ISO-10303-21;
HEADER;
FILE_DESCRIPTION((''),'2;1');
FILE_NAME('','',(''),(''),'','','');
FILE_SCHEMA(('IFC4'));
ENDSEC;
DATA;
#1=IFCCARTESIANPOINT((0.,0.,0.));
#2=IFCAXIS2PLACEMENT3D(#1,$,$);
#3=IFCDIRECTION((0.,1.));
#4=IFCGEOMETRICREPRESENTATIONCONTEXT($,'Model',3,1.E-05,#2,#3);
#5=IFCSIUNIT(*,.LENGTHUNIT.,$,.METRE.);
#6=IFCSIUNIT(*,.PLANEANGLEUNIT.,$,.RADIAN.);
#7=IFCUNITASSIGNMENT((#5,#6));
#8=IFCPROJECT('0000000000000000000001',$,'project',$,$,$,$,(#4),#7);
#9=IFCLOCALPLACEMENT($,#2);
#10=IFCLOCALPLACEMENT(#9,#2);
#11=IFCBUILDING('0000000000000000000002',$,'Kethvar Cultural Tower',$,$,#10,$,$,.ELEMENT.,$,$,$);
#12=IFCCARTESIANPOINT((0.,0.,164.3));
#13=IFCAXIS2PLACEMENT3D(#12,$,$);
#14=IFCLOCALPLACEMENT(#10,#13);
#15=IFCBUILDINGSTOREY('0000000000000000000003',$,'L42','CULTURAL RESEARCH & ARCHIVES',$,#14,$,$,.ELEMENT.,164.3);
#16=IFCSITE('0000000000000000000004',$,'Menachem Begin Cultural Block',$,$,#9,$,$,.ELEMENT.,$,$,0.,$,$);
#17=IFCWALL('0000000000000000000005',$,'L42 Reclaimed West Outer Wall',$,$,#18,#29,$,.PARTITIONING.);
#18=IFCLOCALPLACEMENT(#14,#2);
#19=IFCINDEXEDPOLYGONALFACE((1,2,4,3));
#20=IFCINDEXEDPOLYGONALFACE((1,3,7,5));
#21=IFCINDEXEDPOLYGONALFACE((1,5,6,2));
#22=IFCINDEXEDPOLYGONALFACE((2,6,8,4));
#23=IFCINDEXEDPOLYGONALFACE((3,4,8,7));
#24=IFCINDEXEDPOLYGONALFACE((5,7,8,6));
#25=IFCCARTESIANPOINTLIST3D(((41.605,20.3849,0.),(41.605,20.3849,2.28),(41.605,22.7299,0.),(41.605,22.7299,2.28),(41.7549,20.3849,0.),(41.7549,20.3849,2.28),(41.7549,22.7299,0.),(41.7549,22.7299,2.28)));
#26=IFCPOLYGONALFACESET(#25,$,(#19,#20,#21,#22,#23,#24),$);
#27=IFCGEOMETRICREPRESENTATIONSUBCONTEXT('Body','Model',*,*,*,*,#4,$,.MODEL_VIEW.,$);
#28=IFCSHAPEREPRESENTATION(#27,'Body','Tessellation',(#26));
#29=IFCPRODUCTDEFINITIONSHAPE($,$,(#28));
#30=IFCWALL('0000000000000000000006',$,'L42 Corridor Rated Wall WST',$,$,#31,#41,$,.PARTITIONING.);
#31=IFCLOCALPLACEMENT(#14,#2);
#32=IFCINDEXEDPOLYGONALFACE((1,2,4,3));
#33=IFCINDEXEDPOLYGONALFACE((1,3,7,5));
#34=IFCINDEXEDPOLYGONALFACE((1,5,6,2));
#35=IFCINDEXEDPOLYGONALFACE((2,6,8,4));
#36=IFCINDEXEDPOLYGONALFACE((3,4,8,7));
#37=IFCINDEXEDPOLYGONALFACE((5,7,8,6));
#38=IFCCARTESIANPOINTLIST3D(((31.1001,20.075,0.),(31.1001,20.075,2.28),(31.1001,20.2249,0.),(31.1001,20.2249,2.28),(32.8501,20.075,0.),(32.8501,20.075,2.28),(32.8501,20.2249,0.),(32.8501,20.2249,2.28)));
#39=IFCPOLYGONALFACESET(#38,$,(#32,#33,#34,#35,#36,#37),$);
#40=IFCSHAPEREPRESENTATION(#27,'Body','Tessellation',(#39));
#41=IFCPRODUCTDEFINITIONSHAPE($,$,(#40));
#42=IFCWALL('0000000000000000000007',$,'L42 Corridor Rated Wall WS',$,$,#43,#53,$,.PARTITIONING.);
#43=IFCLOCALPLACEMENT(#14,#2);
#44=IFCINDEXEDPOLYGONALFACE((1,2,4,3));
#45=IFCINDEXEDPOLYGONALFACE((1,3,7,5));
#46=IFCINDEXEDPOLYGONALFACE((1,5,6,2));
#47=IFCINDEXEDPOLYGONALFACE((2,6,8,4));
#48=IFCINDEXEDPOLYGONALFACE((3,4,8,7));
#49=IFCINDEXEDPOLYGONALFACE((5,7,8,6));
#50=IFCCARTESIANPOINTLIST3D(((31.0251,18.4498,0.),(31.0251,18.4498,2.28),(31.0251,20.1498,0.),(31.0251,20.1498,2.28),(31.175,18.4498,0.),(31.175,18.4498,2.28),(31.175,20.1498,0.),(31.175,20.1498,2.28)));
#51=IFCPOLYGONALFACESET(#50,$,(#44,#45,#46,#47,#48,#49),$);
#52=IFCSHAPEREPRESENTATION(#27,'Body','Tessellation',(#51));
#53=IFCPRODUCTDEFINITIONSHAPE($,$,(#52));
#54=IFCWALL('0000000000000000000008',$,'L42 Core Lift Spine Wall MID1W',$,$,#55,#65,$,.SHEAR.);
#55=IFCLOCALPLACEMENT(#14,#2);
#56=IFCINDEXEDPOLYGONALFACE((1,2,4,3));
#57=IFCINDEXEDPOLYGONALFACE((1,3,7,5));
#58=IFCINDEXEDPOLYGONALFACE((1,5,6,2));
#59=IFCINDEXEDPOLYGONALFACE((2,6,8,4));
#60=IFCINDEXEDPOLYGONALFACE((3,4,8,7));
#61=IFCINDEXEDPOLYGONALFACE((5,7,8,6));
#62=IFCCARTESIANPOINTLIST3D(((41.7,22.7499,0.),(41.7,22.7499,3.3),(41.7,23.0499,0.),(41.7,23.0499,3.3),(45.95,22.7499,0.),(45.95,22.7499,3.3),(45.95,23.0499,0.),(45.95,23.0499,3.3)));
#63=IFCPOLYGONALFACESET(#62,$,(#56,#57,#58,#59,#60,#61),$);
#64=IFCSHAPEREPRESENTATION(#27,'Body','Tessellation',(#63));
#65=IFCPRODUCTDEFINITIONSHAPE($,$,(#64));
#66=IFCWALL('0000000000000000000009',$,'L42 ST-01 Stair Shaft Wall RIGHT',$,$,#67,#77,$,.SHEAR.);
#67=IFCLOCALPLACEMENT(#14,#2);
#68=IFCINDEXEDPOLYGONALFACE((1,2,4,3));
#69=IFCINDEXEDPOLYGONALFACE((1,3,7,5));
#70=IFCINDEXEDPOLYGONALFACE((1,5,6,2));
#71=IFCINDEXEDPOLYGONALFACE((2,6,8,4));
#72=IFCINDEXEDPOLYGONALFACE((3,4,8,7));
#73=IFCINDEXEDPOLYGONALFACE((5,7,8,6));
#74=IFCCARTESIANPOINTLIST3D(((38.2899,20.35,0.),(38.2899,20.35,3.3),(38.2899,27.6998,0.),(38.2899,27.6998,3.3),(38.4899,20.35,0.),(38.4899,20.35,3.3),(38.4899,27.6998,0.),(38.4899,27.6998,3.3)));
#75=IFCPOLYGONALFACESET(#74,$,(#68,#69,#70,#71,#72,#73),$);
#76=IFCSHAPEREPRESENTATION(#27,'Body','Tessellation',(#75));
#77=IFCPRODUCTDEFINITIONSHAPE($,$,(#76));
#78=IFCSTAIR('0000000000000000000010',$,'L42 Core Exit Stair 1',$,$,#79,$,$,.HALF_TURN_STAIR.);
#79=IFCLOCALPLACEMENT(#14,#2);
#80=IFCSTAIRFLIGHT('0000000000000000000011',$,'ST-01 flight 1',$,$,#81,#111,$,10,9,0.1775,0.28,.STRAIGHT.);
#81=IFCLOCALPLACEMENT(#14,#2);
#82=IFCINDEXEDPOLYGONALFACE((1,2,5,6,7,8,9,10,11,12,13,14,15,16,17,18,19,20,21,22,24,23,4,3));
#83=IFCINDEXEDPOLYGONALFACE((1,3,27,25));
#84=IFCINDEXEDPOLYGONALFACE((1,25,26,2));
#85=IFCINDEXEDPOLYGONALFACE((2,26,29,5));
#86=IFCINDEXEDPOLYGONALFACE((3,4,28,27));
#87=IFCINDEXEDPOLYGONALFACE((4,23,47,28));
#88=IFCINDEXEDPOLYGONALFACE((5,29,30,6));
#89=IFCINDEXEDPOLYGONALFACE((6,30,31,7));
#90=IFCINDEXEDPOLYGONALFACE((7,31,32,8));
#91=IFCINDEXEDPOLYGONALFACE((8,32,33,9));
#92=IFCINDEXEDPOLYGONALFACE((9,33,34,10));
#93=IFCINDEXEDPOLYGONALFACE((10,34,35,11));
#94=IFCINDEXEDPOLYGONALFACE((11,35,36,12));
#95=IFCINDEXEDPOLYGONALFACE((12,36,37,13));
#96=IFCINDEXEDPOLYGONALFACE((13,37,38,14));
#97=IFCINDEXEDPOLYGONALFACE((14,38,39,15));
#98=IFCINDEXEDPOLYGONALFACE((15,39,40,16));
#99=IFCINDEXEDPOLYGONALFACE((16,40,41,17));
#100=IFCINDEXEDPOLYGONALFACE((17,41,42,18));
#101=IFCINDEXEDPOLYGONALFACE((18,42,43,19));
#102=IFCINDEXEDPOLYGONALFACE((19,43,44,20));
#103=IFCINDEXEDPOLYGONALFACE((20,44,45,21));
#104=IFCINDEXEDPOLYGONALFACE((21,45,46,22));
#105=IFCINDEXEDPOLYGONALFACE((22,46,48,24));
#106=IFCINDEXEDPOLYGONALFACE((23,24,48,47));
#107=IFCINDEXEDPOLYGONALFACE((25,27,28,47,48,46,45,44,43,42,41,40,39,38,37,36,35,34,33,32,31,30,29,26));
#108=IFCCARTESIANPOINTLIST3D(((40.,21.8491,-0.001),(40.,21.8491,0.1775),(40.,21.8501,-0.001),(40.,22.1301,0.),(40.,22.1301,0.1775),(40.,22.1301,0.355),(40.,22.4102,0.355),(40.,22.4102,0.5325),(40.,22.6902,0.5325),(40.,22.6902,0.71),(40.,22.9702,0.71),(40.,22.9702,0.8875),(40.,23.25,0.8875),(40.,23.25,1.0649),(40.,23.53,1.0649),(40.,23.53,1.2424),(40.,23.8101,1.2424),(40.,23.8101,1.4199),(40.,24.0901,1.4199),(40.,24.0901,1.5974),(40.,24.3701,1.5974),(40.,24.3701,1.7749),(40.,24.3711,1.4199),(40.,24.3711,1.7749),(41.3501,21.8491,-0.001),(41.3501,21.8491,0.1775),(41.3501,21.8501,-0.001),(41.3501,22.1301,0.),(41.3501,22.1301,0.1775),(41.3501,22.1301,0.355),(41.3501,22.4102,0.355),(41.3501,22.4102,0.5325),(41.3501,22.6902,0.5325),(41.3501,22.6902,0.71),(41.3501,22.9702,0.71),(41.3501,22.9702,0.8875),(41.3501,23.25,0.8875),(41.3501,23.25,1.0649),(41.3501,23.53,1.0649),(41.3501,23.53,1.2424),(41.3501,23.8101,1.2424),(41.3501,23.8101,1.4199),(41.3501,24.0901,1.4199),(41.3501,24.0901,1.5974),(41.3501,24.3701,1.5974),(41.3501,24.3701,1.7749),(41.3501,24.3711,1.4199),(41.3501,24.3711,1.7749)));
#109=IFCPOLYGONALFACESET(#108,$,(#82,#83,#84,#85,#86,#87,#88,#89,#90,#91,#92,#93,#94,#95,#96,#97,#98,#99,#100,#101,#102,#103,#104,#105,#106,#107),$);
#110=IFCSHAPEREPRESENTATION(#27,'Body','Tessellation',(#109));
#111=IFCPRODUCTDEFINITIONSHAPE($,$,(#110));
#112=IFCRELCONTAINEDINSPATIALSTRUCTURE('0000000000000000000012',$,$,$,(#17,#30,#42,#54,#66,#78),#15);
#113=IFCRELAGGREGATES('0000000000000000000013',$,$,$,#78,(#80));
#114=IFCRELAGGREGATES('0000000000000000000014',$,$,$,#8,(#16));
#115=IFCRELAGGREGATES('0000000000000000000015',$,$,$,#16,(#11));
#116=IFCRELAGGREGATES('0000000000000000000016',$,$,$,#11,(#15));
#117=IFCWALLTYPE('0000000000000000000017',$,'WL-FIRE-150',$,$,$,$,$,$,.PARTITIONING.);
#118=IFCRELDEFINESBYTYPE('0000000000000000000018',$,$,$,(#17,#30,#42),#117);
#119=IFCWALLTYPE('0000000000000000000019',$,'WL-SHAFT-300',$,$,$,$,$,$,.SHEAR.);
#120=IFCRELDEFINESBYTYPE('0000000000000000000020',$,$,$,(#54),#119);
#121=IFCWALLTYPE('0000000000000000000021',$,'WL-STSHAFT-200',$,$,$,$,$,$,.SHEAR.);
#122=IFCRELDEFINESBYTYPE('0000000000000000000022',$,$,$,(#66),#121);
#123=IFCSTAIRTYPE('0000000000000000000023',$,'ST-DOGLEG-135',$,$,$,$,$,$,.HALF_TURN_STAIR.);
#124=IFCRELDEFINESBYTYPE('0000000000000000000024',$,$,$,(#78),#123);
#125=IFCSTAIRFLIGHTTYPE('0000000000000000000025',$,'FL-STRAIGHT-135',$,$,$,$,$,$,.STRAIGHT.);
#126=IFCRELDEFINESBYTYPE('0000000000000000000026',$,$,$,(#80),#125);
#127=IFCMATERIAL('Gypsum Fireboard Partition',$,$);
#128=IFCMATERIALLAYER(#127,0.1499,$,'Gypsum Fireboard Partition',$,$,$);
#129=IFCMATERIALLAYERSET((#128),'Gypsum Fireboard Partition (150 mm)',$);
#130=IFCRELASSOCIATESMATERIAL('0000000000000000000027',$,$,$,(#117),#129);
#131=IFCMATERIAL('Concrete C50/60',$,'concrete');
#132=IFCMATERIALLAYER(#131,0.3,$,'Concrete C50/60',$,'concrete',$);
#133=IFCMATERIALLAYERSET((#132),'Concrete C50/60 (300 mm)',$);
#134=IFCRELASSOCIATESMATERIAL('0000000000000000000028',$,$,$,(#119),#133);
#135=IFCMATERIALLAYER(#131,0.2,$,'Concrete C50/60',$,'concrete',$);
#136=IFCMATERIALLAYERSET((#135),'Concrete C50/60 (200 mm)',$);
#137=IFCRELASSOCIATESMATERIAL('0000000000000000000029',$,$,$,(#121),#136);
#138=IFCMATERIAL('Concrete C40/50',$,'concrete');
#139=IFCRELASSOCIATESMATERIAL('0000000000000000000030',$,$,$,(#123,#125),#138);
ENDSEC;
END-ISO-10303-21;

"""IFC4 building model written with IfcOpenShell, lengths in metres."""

from ifc_helpers import new_model, si_unit, direction, frame, frame_2d, origin, place, context, subcontext, project, spatial, polyline, rectangle, outline, extrude, material, layer, layer_set, type_object, element, aggregate, save


model = new_model("IFC4")

# Units and contexts
model_context = context("Model", 3, precision=1e-05, world=origin(), true_north=direction((0.0, 1.0)))
body_context = subcontext(model_context, "Body", "Model", "MODEL_VIEW")
ifc_project = project(units=[si_unit("LENGTHUNIT", "METRE"), si_unit("PLANEANGLEUNIT", "RADIAN")], contexts=[model_context])

# Site, building, storey
site_placement = place(None, origin())
site = spatial("IfcSite", under=ifc_project, at=site_placement, Name="Menachem Begin Cultural Block", CompositionType="ELEMENT", RefElevation=0.0)
building_placement = place(site_placement, origin())
building = spatial("IfcBuilding", under=site, at=building_placement, Name="Kethvar Cultural Tower", CompositionType="ELEMENT")
storey_placement = place(building_placement, frame((0.0, 0.0, 164.3)))
storey = spatial("IfcBuildingStorey", under=building, at=storey_placement, Name="L42", Description="CULTURAL RESEARCH & ARCHIVES", CompositionType="ELEMENT", Elevation=164.3)

# Wall
ifc_material_1 = material(Name="Gypsum Fireboard Partition")
ifc_layer_1 = layer(ifc_material_1, 0.1499, Name="Gypsum Fireboard Partition")
ifc_layer_set_1 = layer_set([ifc_layer_1], Name="Gypsum Fireboard Partition (150 mm)")
wall_type_1 = type_object("IfcWallType", Name="WL-FIRE-150", PredefinedType="PARTITIONING", material=ifc_layer_set_1)
wall_1_placement = place(storey_placement, frame((41.6799, 20.385, 0.0), z_axis=(0.0, 0.0, 1.0), x_axis=(0.0, 1.0, 0.0)))
element("IfcWall", 1, at=wall_1_placement, inside=storey, type_object=wall_type_1, Name="L42 Reclaimed West Outer Wall", PredefinedType="PARTITIONING", context=body_context, shape_type="SweptSolid", body=[
    extrude(rectangle(XDim=2.345, YDim=0.1499, at=frame_2d((1.1724, 0.0))), origin(), (0.0, 0.0, 1.0), 2.28),
])

# Walls
wall_2_placement = place(storey_placement, frame((32.8501, 20.1499, 0.0), z_axis=(0.0, 0.0, 1.0), x_axis=(-1.0, 0.0, 0.0)))
element("IfcWall", 2, at=wall_2_placement, inside=storey, type_object=wall_type_1, Name="L42 Corridor Rated Wall WST", PredefinedType="PARTITIONING", context=body_context, shape_type="SweptSolid", body=[
    extrude(rectangle(XDim=1.75, YDim=0.1499, at=frame_2d((0.875, 0.0))), origin(), (0.0, 0.0, 1.0), 2.28),
])
wall_3_placement = place(storey_placement, frame((31.1001, 20.1499, 0.0), z_axis=(0.0, 0.0, 1.0), x_axis=(0.0, -1.0, 0.0)))
element("IfcWall", 3, at=wall_3_placement, inside=storey, type_object=wall_type_1, Name="L42 Corridor Rated Wall WS", PredefinedType="PARTITIONING", context=body_context, shape_type="SweptSolid", body=[
    extrude(rectangle(XDim=1.7, YDim=0.1499, at=frame_2d((0.8501, 0.0))), origin(), (0.0, 0.0, 1.0), 2.28),
])
ifc_material_2 = material(Name="Concrete C50/60", Category="concrete")
ifc_layer_2 = layer(ifc_material_2, 0.3, Name="Concrete C50/60", Category="concrete")
ifc_layer_set_2 = layer_set([ifc_layer_2], Name="Concrete C50/60 (300 mm)")
wall_type_2 = type_object("IfcWallType", Name="WL-SHAFT-300", PredefinedType="SHEAR", material=ifc_layer_set_2)
wall_4_placement = place(storey_placement, frame((41.7, 22.8999, 0.0), z_axis=(0.0, 0.0, 1.0), x_axis=(1.0, 0.0, 0.0)))
element("IfcWall", 4, at=wall_4_placement, inside=storey, type_object=wall_type_2, Name="L42 Core Lift Spine Wall MID1W", PredefinedType="SHEAR", context=body_context, shape_type="SweptSolid", body=[
    extrude(rectangle(XDim=4.25, YDim=0.3, at=frame_2d((2.125, 0.0))), origin(), (0.0, 0.0, 1.0), 3.3),
])
ifc_layer_3 = layer(ifc_material_2, 0.2, Name="Concrete C50/60", Category="concrete")
ifc_layer_set_3 = layer_set([ifc_layer_3], Name="Concrete C50/60 (200 mm)")
wall_type_3 = type_object("IfcWallType", Name="WL-STSHAFT-200", PredefinedType="SHEAR", material=ifc_layer_set_3)
wall_5_placement = place(storey_placement, frame((38.3899, 20.3501, 0.0), z_axis=(0.0, 0.0, 1.0), x_axis=(0.0, 1.0, 0.0)))
element("IfcWall", 5, at=wall_5_placement, inside=storey, type_object=wall_type_3, Name="L42 ST-01 Stair Shaft Wall RIGHT", PredefinedType="SHEAR", context=body_context, shape_type="SweptSolid", body=[
    extrude(rectangle(XDim=7.3499, YDim=0.2, at=frame_2d((3.6748, 0.0))), origin(), (0.0, 0.0, 1.0), 3.3),
])

# Stair, stair flight
ifc_material_3 = material(Name="Concrete C40/50", Category="concrete")
stair_type = type_object("IfcStairType", Name="ST-DOGLEG-135", PredefinedType="HALF_TURN_STAIR", material=ifc_material_3)
stair_placement = place(storey_placement, origin())
stair = element("IfcStair", 6, at=stair_placement, inside=storey, type_object=stair_type, Name="L42 Core Exit Stair 1", PredefinedType="HALF_TURN_STAIR")
stair_flight_type = type_object("IfcStairFlightType", Name="FL-STRAIGHT-135", PredefinedType="STRAIGHT", material=ifc_material_3)
stair_flight_placement = place(storey_placement, frame((40.675, 21.8501, 0.0), z_axis=(0.0, 0.0, 1.0), x_axis=(0.0, 1.0, 0.0)))
stair_flight = element("IfcStairFlight", 7, at=stair_flight_placement, type_object=stair_flight_type, Name="ST-01 flight 1", NumberOfRisers=10, NumberOfTreads=9, PredefinedType="STRAIGHT", RiserHeight=0.1775, TreadLength=0.28, context=body_context, shape_type="SweptSolid", body=[
    extrude(outline(polyline([(-0.001, -0.001), (-0.001, 0.1775), (0.28, 0.1775), (0.28, 0.355), (0.5601, 0.355), (0.5601, 0.5325), (0.8401, 0.5325), (0.8401, 0.71), (1.1201, 0.71), (1.1201, 0.8875), (1.3999, 0.8875), (1.3999, 1.0649), (1.6799, 1.0649), (1.6799, 1.2424), (1.96, 1.2424), (1.96, 1.4199), (2.24, 1.4199), (2.24, 1.5974), (2.52, 1.5974), (2.52, 1.7749), (2.521, 1.7749), (2.521, 1.4199), (0.28, 0.0), (0.0, -0.001), (-0.001, -0.001)])), frame((0.0, 0.675, 0.0), z_axis=(0.0, -1.0, 0.0), x_axis=(1.0, 0.0, 0.0)), (0.0, 0.0, 1.0), 1.3501),
])
aggregate(stair, [stair_flight])

save(model, "model.ifc")
